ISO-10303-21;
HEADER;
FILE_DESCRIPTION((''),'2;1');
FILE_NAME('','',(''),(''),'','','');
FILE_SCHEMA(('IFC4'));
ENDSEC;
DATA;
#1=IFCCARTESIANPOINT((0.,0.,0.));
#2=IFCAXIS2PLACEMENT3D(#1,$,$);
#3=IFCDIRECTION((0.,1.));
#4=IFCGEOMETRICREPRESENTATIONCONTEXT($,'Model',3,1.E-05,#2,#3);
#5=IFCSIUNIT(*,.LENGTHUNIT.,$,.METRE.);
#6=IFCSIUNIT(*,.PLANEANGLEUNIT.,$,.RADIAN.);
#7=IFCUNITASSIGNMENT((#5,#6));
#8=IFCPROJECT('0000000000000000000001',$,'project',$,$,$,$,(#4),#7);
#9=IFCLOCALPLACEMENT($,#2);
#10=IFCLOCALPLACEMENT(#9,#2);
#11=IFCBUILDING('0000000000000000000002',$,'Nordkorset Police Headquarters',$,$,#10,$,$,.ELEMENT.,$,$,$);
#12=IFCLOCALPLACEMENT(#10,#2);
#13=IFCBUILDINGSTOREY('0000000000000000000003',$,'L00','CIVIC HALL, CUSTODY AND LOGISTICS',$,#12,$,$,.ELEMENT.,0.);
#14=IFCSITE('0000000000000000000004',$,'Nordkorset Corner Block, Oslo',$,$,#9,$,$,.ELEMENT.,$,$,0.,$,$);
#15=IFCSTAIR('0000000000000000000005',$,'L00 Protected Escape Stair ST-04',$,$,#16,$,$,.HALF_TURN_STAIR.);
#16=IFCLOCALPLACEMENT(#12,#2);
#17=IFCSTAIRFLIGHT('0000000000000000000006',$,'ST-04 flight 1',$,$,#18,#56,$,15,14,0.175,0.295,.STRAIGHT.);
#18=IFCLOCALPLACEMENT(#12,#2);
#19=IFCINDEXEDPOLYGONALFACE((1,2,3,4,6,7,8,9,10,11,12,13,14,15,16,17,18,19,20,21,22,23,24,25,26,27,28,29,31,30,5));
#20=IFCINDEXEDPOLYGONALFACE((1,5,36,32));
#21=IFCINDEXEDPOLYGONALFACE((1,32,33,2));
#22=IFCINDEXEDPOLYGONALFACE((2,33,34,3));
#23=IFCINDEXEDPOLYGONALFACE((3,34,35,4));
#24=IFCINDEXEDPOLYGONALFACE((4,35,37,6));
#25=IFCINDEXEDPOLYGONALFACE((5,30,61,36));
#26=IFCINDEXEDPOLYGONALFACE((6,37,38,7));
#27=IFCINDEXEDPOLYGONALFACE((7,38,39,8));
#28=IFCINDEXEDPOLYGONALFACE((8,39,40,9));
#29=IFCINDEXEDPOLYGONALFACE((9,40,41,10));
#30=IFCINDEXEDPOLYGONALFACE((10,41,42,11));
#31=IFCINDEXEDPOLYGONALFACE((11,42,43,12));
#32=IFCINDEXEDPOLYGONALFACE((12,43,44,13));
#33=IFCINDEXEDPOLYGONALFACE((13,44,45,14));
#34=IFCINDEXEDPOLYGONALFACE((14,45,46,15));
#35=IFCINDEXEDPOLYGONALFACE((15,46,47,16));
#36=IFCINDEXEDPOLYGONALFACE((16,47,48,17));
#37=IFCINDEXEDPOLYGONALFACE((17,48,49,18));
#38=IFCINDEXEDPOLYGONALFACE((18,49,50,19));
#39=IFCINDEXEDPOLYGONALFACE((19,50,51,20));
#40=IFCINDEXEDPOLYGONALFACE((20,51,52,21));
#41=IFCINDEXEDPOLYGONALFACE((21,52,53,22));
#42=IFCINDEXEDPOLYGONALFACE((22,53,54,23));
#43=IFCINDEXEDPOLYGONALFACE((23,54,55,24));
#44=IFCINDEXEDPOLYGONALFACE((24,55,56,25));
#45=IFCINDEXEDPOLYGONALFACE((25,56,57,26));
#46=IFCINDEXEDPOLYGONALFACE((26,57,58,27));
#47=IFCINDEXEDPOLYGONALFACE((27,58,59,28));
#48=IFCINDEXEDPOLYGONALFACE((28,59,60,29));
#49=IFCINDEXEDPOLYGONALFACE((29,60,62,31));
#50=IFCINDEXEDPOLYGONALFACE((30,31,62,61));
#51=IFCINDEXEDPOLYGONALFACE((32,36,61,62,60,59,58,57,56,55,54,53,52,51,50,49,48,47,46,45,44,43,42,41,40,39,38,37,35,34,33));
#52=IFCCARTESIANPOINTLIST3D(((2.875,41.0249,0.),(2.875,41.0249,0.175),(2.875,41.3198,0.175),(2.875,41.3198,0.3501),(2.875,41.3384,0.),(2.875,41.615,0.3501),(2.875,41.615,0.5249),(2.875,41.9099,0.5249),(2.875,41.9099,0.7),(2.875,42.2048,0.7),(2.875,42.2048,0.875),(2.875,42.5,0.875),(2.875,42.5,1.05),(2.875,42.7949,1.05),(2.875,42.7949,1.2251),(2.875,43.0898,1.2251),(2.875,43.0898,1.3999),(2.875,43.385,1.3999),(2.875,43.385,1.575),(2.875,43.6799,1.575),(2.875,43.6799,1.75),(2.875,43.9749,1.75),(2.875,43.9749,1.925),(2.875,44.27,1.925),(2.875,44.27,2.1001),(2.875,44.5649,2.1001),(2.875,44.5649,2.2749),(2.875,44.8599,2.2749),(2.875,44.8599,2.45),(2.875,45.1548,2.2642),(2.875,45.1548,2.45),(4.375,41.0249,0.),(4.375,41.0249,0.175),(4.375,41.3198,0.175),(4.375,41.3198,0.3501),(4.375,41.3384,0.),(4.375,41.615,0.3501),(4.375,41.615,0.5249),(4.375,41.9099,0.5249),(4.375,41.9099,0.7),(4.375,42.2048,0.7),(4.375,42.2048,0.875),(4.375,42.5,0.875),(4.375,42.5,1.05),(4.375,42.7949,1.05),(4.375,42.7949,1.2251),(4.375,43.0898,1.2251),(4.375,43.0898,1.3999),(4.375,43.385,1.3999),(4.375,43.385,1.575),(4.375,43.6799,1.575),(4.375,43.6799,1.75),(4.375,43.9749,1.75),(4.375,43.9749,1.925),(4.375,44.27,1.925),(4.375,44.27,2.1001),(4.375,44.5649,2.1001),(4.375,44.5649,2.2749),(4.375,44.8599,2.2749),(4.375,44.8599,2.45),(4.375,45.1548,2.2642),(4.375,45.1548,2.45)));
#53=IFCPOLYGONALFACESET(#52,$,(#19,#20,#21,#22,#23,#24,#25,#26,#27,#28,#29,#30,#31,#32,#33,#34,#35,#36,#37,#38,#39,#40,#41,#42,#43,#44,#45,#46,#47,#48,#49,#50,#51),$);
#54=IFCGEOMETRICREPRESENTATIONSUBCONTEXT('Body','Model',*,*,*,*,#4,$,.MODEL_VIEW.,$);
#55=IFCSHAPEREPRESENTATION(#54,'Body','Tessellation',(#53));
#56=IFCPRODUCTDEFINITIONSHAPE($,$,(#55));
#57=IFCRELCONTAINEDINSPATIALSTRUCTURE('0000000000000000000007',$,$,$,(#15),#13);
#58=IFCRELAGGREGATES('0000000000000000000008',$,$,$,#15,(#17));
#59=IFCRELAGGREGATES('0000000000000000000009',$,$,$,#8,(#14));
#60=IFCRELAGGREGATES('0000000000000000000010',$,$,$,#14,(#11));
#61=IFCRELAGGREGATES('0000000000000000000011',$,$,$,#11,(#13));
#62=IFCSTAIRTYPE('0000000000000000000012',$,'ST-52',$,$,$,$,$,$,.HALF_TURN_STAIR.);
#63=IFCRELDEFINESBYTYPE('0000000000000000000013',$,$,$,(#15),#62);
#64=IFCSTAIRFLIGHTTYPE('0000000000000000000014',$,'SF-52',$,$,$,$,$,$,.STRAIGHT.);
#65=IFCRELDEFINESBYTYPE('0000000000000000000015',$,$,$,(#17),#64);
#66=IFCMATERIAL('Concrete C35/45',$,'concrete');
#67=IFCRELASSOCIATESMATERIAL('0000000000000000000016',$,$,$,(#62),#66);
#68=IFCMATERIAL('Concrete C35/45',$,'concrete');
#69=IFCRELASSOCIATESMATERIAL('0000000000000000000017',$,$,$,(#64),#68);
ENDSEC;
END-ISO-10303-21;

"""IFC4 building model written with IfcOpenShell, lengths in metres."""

from ifc_helpers import new_model, si_unit, direction, frame, origin, place, context, subcontext, project, spatial, polyline, outline, extrude, material, type_object, element, aggregate, save


model = new_model("IFC4")

# Units and contexts
model_context = context("Model", 3, precision=1e-05, world=origin(), true_north=direction((0.0, 1.0)))
body_context = subcontext(model_context, "Body", "Model", "MODEL_VIEW")
ifc_project = project(units=[si_unit("LENGTHUNIT", "METRE"), si_unit("PLANEANGLEUNIT", "RADIAN")], contexts=[model_context])

# Site, building, storey
site_placement = place(None, origin())
site = spatial("IfcSite", under=ifc_project, at=site_placement, Name="Nordkorset Corner Block, Oslo", CompositionType="ELEMENT", RefElevation=0.0)
building_placement = place(site_placement, origin())
building = spatial("IfcBuilding", under=site, at=building_placement, Name="Nordkorset Police Headquarters", CompositionType="ELEMENT")
storey_placement = place(building_placement, origin())
storey = spatial("IfcBuildingStorey", under=building, at=storey_placement, Name="L00", Description="CIVIC HALL, CUSTODY AND LOGISTICS", CompositionType="ELEMENT", Elevation=0.0)

# Stair, stair flight
ifc_material_1 = material(Name="Concrete C35/45", Category="concrete")
stair_type = type_object("IfcStairType", Name="ST-52", PredefinedType="HALF_TURN_STAIR", material=ifc_material_1)
stair_placement = place(storey_placement, origin())
stair = element("IfcStair", 1, at=stair_placement, inside=storey, type_object=stair_type, Name="L00 Protected Escape Stair ST-04", PredefinedType="HALF_TURN_STAIR")
ifc_material_2 = material(Name="Concrete C35/45", Category="concrete")
stair_flight_type = type_object("IfcStairFlightType", Name="SF-52", PredefinedType="STRAIGHT", material=ifc_material_2)
stair_flight_placement = place(storey_placement, frame((3.625, 41.0249, 0.0), z_axis=(0.0, 0.0, 1.0), x_axis=(0.0, 1.0, 0.0)))
stair_flight = element("IfcStairFlight", 2, at=stair_flight_placement, type_object=stair_flight_type, Name="ST-04 flight 1", NumberOfRisers=15, NumberOfTreads=14, PredefinedType="STRAIGHT", RiserHeight=0.175, TreadLength=0.295, context=body_context, shape_type="SweptSolid", body=[
    extrude(outline(polyline([(0.0, 0.0), (0.0, 0.175), (0.2949, 0.175), (0.2949, 0.3501), (0.5901, 0.3501), (0.5901, 0.5249), (0.885, 0.5249), (0.885, 0.7), (1.1799, 0.7), (1.1799, 0.875), (1.4751, 0.875), (1.4751, 1.05), (1.77, 1.05), (1.77, 1.2251), (2.0649, 1.2251), (2.0649, 1.3999), (2.3601, 1.3999), (2.3601, 1.575), (2.655, 1.575), (2.655, 1.75), (2.95, 1.75), (2.95, 1.925), (3.2451, 1.925), (3.2451, 2.1001), (3.54, 2.1001), (3.54, 2.2749), (3.835, 2.2749), (3.835, 2.45), (4.1299, 2.45), (4.1299, 2.625), (4.1299, 2.2642), (0.3135, 0.0), (0.0, 0.0)])), frame((0.0, 0.75, 0.0), z_axis=(0.0, -1.0, 0.0), x_axis=(1.0, 0.0, 0.0)), (0.0, 0.0, 1.0), 1.5),
])
aggregate(stair, [stair_flight])

save(model, "model.ifc")
